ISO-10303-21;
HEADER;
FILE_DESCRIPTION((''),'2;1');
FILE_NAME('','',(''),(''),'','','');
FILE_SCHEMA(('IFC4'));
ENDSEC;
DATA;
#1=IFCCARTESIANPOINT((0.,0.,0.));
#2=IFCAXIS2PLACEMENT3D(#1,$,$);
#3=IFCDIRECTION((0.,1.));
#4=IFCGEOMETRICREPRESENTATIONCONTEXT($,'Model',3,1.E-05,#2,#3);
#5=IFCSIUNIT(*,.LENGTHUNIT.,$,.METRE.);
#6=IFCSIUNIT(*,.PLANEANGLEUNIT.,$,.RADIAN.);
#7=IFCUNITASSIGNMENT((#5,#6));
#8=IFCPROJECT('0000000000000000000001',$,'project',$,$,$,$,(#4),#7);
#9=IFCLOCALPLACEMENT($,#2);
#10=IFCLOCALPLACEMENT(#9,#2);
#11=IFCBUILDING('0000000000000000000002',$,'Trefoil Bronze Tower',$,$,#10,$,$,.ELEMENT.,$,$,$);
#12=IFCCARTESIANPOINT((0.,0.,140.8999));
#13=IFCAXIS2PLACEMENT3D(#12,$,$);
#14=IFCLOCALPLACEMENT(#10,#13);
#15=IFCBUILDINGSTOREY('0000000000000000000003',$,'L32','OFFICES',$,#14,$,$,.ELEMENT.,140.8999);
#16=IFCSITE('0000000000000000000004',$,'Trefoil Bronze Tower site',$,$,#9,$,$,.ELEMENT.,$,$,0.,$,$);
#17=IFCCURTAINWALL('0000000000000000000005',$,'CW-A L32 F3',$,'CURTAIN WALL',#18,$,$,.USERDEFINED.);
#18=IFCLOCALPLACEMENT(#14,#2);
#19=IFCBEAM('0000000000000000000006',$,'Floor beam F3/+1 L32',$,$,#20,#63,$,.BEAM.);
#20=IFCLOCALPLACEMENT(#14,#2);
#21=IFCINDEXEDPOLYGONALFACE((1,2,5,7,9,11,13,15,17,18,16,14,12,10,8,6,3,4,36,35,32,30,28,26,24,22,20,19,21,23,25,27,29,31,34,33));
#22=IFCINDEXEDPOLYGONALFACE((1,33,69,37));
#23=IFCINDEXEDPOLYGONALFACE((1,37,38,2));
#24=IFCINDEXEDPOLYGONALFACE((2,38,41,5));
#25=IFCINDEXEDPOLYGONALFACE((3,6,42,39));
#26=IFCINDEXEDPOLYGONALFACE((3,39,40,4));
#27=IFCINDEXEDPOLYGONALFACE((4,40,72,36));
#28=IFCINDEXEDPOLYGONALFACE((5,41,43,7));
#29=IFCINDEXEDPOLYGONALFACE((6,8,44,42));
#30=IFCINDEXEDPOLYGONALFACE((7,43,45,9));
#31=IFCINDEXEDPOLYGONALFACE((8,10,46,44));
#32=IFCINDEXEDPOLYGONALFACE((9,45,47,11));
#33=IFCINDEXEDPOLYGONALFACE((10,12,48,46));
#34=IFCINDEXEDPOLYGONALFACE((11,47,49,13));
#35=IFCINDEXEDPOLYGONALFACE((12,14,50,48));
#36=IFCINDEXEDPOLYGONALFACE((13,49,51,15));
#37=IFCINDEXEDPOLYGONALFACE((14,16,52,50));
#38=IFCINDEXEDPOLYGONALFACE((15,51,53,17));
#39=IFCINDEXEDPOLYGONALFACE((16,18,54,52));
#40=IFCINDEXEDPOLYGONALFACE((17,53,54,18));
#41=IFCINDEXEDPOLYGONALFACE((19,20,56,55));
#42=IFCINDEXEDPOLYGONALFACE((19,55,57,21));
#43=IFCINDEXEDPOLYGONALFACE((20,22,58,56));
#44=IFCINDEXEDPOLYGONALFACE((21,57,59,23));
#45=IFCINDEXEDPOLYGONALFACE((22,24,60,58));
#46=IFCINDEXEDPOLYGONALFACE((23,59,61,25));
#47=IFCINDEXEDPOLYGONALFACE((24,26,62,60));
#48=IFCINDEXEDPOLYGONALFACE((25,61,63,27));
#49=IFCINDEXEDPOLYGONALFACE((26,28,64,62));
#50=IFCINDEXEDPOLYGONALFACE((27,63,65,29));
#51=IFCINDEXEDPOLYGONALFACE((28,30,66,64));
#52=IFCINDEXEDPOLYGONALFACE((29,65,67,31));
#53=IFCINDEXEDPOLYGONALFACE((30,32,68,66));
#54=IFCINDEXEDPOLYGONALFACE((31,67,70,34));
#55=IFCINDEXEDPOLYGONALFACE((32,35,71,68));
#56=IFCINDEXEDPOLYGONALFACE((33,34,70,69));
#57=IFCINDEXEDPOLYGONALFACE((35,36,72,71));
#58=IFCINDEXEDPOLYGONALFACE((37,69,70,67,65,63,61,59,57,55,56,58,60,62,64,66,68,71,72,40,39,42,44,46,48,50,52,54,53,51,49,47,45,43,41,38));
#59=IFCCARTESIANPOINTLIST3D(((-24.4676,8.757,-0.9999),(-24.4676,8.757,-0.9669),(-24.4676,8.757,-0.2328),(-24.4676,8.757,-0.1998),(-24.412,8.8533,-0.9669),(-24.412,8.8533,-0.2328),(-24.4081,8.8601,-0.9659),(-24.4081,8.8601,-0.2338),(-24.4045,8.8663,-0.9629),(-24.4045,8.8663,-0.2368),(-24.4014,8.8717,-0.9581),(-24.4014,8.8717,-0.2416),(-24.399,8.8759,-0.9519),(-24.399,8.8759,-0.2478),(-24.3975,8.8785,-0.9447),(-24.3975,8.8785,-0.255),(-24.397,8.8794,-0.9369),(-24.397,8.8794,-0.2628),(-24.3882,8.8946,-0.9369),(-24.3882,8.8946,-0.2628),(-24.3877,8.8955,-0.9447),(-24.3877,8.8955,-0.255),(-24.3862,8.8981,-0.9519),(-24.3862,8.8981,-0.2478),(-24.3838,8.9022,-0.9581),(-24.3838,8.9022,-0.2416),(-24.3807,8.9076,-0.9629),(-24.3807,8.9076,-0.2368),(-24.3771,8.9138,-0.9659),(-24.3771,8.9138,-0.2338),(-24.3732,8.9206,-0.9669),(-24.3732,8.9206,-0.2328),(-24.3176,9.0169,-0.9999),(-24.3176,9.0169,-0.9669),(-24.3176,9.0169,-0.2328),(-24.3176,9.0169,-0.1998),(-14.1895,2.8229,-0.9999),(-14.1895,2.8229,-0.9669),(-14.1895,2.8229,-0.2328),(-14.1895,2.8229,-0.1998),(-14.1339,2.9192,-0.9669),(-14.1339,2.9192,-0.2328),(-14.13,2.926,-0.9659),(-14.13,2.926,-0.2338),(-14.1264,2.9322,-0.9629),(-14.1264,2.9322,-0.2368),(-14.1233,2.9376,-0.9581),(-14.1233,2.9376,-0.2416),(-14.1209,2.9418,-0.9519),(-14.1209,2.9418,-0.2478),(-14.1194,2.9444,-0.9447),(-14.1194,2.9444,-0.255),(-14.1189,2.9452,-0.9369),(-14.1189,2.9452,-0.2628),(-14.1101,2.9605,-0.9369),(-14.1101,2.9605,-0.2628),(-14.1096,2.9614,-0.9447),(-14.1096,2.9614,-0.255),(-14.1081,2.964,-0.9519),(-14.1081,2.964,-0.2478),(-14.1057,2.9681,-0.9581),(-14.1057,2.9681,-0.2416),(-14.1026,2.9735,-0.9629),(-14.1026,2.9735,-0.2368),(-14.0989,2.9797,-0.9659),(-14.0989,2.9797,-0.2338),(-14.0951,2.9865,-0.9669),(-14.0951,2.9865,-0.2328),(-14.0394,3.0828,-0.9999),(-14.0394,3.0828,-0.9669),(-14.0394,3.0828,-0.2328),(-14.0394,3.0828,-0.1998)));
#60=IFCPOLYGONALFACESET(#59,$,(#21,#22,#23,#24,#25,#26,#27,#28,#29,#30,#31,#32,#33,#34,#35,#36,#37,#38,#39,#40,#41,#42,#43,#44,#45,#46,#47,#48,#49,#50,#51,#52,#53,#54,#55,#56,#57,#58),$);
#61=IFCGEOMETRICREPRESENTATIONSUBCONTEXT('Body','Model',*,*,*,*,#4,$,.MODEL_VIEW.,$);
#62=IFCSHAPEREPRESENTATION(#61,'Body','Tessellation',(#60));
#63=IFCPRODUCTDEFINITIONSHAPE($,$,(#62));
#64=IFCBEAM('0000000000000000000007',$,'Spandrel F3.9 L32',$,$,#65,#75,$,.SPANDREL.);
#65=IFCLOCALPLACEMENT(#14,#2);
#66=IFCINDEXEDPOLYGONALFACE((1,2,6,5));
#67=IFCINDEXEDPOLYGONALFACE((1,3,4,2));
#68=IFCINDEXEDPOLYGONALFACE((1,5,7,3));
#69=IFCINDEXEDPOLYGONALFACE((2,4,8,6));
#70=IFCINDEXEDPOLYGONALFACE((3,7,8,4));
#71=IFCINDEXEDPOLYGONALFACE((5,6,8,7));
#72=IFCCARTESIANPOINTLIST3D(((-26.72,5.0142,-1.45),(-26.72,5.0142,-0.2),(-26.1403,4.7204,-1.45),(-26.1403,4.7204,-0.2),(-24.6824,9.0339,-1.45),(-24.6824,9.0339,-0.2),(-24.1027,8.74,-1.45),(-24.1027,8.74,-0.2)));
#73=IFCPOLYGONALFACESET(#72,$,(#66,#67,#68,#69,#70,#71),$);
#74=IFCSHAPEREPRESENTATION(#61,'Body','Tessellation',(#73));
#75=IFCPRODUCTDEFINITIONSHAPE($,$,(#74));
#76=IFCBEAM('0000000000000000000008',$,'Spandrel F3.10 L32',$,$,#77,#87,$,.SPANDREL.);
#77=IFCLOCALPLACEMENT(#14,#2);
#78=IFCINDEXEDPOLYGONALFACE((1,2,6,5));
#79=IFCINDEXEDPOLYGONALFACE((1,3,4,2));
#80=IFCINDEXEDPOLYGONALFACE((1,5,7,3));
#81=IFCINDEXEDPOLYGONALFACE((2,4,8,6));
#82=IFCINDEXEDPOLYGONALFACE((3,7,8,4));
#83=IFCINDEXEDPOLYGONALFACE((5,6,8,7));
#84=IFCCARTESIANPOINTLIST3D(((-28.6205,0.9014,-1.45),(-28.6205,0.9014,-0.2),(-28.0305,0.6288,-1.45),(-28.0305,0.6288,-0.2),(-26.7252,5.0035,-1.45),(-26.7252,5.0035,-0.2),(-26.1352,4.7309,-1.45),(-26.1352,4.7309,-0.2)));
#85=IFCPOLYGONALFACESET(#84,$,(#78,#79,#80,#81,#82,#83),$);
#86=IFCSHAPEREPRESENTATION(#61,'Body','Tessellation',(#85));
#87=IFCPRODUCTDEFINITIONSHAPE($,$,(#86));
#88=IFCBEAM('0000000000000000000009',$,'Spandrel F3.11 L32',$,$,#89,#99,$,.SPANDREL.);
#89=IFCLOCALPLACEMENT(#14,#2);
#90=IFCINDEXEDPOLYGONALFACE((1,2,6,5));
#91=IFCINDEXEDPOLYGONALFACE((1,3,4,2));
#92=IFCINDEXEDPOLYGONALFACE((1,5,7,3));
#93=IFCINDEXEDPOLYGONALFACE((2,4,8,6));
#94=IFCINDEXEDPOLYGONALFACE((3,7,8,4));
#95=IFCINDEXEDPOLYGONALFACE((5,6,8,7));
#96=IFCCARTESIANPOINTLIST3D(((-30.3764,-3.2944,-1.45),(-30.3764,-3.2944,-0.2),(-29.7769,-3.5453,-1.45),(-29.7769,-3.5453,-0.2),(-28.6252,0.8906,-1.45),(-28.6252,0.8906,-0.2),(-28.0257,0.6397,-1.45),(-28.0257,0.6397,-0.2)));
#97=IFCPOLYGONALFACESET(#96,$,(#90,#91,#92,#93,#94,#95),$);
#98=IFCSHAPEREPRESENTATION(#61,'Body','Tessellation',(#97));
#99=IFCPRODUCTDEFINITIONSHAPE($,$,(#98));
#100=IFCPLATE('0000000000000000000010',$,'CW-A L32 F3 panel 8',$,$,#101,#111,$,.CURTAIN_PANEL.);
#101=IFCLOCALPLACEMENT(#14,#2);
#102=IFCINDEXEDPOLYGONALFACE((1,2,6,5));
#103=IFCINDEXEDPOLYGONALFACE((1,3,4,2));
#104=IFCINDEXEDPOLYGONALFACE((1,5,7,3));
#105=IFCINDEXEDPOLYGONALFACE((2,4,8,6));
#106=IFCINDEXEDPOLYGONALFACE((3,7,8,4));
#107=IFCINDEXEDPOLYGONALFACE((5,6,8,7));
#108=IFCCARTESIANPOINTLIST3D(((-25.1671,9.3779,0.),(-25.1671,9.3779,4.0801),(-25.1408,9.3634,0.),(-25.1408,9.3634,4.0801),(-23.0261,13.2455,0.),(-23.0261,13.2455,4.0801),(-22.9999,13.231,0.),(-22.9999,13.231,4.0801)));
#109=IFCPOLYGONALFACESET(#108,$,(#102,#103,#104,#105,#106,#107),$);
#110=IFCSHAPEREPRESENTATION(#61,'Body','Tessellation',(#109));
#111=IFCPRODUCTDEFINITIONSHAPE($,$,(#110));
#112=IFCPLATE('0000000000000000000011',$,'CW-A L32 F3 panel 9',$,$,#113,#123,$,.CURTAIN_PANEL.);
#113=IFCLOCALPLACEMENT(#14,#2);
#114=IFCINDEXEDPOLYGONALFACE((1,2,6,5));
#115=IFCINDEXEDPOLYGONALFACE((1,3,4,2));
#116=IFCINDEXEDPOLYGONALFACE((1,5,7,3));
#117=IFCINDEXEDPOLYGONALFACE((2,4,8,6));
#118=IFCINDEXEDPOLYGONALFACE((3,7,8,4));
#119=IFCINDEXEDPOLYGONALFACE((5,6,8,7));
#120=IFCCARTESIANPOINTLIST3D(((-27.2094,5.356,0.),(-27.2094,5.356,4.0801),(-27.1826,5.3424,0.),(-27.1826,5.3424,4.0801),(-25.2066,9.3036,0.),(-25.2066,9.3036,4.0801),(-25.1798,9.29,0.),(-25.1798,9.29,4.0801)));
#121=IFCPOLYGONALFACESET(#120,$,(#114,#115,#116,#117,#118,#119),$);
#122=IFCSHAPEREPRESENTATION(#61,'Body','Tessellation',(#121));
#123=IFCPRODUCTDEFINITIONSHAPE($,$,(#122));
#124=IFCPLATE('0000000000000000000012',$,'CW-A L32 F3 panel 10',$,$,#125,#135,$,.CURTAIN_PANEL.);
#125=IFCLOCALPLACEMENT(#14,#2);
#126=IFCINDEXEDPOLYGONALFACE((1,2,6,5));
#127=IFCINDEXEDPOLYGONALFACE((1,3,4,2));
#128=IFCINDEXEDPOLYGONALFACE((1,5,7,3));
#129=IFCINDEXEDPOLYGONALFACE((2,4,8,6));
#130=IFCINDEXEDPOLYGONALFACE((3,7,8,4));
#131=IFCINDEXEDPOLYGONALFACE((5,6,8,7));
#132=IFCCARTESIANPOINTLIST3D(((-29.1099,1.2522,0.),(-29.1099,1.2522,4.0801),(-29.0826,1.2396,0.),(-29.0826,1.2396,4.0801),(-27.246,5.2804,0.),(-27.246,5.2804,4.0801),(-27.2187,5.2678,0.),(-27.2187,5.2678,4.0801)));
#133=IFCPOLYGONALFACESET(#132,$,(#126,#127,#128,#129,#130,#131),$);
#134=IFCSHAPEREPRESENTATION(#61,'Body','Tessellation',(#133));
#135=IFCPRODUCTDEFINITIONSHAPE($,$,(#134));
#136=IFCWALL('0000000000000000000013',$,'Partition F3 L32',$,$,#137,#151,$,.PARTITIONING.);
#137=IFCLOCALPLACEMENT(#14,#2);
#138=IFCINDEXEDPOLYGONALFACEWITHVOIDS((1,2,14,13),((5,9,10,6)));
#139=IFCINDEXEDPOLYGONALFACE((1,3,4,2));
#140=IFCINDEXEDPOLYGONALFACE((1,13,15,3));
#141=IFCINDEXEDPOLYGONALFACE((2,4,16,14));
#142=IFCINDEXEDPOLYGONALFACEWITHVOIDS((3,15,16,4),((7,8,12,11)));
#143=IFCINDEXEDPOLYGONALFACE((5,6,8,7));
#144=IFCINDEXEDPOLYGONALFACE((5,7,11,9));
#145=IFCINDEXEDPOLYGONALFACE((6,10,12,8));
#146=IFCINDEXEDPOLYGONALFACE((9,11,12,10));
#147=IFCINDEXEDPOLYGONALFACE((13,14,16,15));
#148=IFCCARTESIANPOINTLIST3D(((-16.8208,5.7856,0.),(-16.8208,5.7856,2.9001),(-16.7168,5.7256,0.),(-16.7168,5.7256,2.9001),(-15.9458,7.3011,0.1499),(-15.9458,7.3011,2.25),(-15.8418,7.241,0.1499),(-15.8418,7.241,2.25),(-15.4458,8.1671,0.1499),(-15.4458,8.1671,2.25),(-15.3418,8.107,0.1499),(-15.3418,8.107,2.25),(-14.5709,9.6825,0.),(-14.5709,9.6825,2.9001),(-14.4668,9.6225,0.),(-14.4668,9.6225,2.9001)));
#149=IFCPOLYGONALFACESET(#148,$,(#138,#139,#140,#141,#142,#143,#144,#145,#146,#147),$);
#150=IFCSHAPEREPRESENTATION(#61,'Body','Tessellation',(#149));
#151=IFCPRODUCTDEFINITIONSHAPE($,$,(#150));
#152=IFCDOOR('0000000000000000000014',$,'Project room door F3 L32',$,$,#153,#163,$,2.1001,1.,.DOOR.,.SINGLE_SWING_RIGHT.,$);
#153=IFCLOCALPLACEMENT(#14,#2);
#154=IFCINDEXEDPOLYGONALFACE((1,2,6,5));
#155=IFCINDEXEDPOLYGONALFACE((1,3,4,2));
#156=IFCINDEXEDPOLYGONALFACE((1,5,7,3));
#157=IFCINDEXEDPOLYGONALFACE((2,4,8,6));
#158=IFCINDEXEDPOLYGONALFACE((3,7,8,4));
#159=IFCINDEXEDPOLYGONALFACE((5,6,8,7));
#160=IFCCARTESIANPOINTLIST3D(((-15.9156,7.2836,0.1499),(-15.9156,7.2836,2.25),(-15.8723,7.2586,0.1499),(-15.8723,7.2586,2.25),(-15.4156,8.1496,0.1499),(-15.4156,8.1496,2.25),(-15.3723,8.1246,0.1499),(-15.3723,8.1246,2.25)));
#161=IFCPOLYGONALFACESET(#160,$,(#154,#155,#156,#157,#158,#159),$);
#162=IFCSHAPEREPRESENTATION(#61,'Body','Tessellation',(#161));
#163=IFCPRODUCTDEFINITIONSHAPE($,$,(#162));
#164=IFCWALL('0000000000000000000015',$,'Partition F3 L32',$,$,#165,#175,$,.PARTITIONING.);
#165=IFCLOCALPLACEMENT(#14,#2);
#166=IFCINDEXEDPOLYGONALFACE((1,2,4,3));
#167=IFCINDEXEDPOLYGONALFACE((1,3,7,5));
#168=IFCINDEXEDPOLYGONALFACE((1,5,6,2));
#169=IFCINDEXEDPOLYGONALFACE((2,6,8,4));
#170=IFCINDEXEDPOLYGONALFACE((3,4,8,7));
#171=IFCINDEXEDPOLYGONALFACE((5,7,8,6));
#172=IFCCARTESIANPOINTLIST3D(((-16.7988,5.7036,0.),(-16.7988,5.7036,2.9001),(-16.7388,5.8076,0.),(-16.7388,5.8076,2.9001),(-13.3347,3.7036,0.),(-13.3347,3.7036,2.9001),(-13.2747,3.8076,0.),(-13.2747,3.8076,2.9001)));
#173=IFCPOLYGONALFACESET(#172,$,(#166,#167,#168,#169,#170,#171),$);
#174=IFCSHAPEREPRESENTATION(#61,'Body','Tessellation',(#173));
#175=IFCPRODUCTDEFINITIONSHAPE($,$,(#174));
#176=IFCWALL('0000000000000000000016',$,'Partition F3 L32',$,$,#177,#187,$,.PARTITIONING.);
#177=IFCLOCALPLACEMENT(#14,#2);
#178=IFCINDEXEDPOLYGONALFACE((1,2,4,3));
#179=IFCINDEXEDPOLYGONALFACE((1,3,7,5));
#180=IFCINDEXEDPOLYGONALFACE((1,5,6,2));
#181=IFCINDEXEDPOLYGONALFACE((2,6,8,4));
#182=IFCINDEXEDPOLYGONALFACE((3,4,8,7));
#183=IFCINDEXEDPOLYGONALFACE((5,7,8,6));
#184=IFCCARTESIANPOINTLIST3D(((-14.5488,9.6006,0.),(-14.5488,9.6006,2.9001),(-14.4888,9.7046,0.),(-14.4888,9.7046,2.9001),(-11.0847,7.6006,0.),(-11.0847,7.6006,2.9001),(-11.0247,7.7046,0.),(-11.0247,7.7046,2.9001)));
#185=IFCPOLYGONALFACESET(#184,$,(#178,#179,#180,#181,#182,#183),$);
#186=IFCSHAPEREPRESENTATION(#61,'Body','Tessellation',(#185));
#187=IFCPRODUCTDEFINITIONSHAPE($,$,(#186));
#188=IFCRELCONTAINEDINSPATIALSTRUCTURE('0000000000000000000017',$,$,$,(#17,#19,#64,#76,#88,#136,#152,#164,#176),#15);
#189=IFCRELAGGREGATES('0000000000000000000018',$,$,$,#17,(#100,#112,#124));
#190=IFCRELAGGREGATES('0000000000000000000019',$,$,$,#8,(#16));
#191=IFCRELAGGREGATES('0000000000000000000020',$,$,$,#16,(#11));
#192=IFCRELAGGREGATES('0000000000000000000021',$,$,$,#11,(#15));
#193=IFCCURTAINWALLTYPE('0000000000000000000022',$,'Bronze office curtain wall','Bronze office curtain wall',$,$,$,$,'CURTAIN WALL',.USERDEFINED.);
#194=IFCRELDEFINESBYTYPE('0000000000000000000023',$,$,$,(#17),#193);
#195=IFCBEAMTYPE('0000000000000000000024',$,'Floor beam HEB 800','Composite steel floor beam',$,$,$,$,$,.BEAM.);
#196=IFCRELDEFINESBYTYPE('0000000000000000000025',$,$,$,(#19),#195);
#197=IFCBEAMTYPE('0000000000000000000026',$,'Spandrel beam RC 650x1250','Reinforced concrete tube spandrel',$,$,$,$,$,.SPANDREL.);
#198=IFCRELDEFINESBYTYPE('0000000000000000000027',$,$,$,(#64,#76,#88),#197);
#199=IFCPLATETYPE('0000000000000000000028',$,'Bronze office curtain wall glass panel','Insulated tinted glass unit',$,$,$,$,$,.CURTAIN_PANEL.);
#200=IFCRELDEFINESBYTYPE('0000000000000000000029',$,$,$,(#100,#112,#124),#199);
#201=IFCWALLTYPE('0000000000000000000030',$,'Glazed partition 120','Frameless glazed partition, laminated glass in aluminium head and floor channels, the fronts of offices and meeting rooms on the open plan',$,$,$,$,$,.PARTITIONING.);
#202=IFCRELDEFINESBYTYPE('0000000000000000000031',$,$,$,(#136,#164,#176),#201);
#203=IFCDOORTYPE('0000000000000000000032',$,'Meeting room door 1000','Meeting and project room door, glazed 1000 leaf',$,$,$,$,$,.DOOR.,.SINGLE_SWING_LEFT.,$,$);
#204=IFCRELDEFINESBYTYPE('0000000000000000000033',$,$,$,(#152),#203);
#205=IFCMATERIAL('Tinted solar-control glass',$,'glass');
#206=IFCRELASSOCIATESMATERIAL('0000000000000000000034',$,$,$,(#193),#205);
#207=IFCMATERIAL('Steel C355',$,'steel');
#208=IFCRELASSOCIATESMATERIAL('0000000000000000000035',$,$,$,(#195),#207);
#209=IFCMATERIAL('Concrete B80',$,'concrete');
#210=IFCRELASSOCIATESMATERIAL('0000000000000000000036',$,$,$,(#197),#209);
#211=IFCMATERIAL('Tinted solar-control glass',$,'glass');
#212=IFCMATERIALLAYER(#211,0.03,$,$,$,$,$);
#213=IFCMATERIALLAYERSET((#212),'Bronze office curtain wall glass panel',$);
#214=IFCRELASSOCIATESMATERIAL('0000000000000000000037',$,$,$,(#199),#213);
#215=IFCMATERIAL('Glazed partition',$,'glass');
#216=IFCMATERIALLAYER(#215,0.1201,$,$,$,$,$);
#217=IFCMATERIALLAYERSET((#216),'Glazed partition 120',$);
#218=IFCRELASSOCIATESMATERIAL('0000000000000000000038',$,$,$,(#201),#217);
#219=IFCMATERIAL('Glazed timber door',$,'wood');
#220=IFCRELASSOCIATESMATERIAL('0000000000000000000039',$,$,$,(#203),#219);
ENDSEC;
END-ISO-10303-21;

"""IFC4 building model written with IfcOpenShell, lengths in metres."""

from ifc_helpers import new_model, si_unit, direction, frame, frame_2d, origin, origin_2d, place, context, subcontext, project, spatial, rectangle, i_section, extrude, material, layer, layer_set, material_profile, profile_set, type_object, element, fill, aggregate, save


model = new_model("IFC4")

# Units and contexts
model_context = context("Model", 3, precision=1e-05, world=origin(), true_north=direction((0.0, 1.0)))
body_context = subcontext(model_context, "Body", "Model", "MODEL_VIEW")
ifc_project = project(units=[si_unit("LENGTHUNIT", "METRE"), si_unit("PLANEANGLEUNIT", "RADIAN")], contexts=[model_context])

# Site, building, storey
site_placement = place(None, origin())
site = spatial("IfcSite", under=ifc_project, at=site_placement, Name="Trefoil Bronze Tower site", CompositionType="ELEMENT", RefElevation=0.0)
building_placement = place(site_placement, origin())
building = spatial("IfcBuilding", under=site, at=building_placement, Name="Trefoil Bronze Tower", CompositionType="ELEMENT")
storey_placement = place(building_placement, frame((0.0, 0.0, 140.8999)))
storey = spatial("IfcBuildingStorey", under=building, at=storey_placement, Name="L32", Description="OFFICES", CompositionType="ELEMENT", Elevation=140.8999)

# Curtain wall
ifc_material_1 = material(Name="Tinted solar-control glass", Category="glass")
curtain_wall_type = type_object("IfcCurtainWallType", Name="Bronze office curtain wall", Description="Bronze office curtain wall", ElementType="CURTAIN WALL", PredefinedType="USERDEFINED", material=ifc_material_1)
curtain_wall_placement = place(storey_placement, origin())
curtain_wall = element("IfcCurtainWall", 1, at=curtain_wall_placement, inside=storey, type_object=curtain_wall_type, Name="CW-A L32 F3", ObjectType="CURTAIN WALL", PredefinedType="USERDEFINED")

# Beams
ifc_material_2 = material(Name="Steel C355", Category="steel")
ifc_material_profile_1 = material_profile(ifc_material_2, i_section(OverallWidth=0.3, OverallDepth=0.8, WebThickness=0.0176, FlangeThickness=0.033, FilletRadius=0.03, at=origin_2d()), Name="HEB 800")
ifc_profile_set_1 = profile_set([ifc_material_profile_1], Name="Steel C355")
beam_type_1 = type_object("IfcBeamType", Name="Floor beam HEB 800", Description="Composite steel floor beam", PredefinedType="BEAM", material=ifc_profile_set_1)
beam_1_placement = place(storey_placement, frame((-24.3926, 8.887, -0.5999), z_axis=(0.866024, -0.500002, 0.0), x_axis=(0.500002, 0.866024, 0.0)))
element("IfcBeam", 2, at=beam_1_placement, inside=storey, type_object=beam_type_1, Name="Floor beam F3/+1 L32", PredefinedType="BEAM", context=body_context, shape_type="SweptSolid", body=[
    extrude(i_section(OverallWidth=0.3, OverallDepth=0.8, WebThickness=0.0176, FlangeThickness=0.033, FilletRadius=0.03, at=origin_2d()), origin(), (0.0, 0.0, 1.0), 11.8682),
])
ifc_material_3 = material(Name="Concrete B80", Category="concrete")
ifc_material_profile_2 = material_profile(ifc_material_3, rectangle(XDim=0.6499, YDim=1.25, at=origin_2d()), Name="RC 650x1250")
ifc_profile_set_2 = profile_set([ifc_material_profile_2], Name="Concrete B80")
beam_type_2 = type_object("IfcBeamType", Name="Spandrel beam RC 650x1250", Description="Reinforced concrete tube spandrel", PredefinedType="SPANDREL", material=ifc_profile_set_2)
beam_2_placement = place(storey_placement, frame((-24.3926, 8.887, -0.825), z_axis=(-0.452126, -0.891954, 0.0), x_axis=(0.891954, -0.452126, 0.0)))
element("IfcBeam", 3, at=beam_2_placement, inside=storey, type_object=beam_type_2, Name="Spandrel F3.9 L32", PredefinedType="SPANDREL", context=body_context, shape_type="SweptSolid", body=[
    extrude(rectangle(XDim=0.6499, YDim=1.25, at=origin_2d()), origin(), (0.0, 0.0, 1.0), 4.5066),
])
beam_3_placement = place(storey_placement, frame((-26.4302, 4.8672, -0.825), z_axis=(-0.419425, -0.90779, 0.0), x_axis=(0.90779, -0.419425, 0.0)))
element("IfcBeam", 4, at=beam_3_placement, inside=storey, type_object=beam_type_2, Name="Spandrel F3.10 L32", PredefinedType="SPANDREL", context=body_context, shape_type="SweptSolid", body=[
    extrude(rectangle(XDim=0.6499, YDim=1.25, at=origin_2d()), origin(), (0.0, 0.0, 1.0), 4.5188),
])
beam_4_placement = place(storey_placement, frame((-28.3254, 0.7651, -0.825), z_axis=(-0.386013, -0.922493, 0.0), x_axis=(0.922493, -0.386013, 0.0)))
element("IfcBeam", 5, at=beam_4_placement, inside=storey, type_object=beam_type_2, Name="Spandrel F3.11 L32", PredefinedType="SPANDREL", context=body_context, shape_type="SweptSolid", body=[
    extrude(rectangle(XDim=0.6499, YDim=1.25, at=origin_2d()), origin(), (0.0, 0.0, 1.0), 4.5366),
])

# Plates
ifc_material_4 = material(Name="Tinted solar-control glass", Category="glass")
ifc_layer_1 = layer(ifc_material_4, 0.03)
ifc_layer_set_1 = layer_set([ifc_layer_1], Name="Bronze office curtain wall glass panel")
plate_type = type_object("IfcPlateType", Name="Bronze office curtain wall glass panel", Description="Insulated tinted glass unit", PredefinedType="CURTAIN_PANEL", material=ifc_layer_set_1)
plate_1_placement = place(storey_placement, frame((-24.0835, 11.3044, 0.0), z_axis=(0.0, 0.0, 1.0), x_axis=(-0.484312, -0.874895, 0.0)))
plate_1 = element("IfcPlate", 6, at=plate_1_placement, type_object=plate_type, Name="CW-A L32 F3 panel 8", PredefinedType="CURTAIN_PANEL", context=body_context, shape_type="SweptSolid", body=[
    extrude(rectangle(XDim=4.4207, YDim=0.03, at=origin_2d()), origin(), (0.0, 0.0, 1.0), 4.0801),
])
plate_2_placement = place(storey_placement, frame((-26.1946, 7.323, 0.0), z_axis=(0.0, 0.0, 1.0), x_axis=(-0.452449, -0.89179, 0.0)))
plate_2 = element("IfcPlate", 7, at=plate_2_placement, type_object=plate_type, Name="CW-A L32 F3 panel 9", PredefinedType="CURTAIN_PANEL", context=body_context, shape_type="SweptSolid", body=[
    extrude(rectangle(XDim=4.4265, YDim=0.03, at=origin_2d()), origin(), (0.0, 0.0, 1.0), 4.0801),
])
plate_3_placement = place(storey_placement, frame((-28.1643, 3.26, 0.0), z_axis=(0.0, 0.0, 1.0), x_axis=(-0.419933, -0.907555, 0.0)))
plate_3 = element("IfcPlate", 8, at=plate_3_placement, type_object=plate_type, Name="CW-A L32 F3 panel 10", PredefinedType="CURTAIN_PANEL", context=body_context, shape_type="SweptSolid", body=[
    extrude(rectangle(XDim=4.4385, YDim=0.03, at=origin_2d()), origin(), (0.0, 0.0, 1.0), 4.0801),
])
aggregate(curtain_wall, [plate_1, plate_2, plate_3])

# Wall, opening, door
ifc_material_5 = material(Name="Glazed partition", Category="glass")
ifc_layer_2 = layer(ifc_material_5, 0.1201)
ifc_layer_set_2 = layer_set([ifc_layer_2], Name="Glazed partition 120")
wall_type_1 = type_object("IfcWallType", Name="Glazed partition 120", Description="Frameless glazed partition, laminated glass in aluminium head and floor channels, the fronts of offices and meeting rooms on the open plan", PredefinedType="PARTITIONING", material=ifc_layer_set_2)
wall_1_placement = place(storey_placement, frame((-14.5188, 9.6526, 0.0), z_axis=(0.0, 0.0, 1.0), x_axis=(-0.500014, -0.866018, 0.0)))
wall_1 = element("IfcWall", 9, at=wall_1_placement, inside=storey, type_object=wall_type_1, Name="Partition F3 L32", PredefinedType="PARTITIONING", context=body_context, shape_type="SweptSolid", body=[
    extrude(rectangle(XDim=4.4998, YDim=0.1201, at=frame_2d((2.25, 0.0))), origin(), (0.0, 0.0, 1.0), 2.9001),
])
opening_1_placement = place(wall_1_placement, frame((1.75, 0.0, 0.1499)))
opening_1 = element("IfcOpeningElement", 10, at=opening_1_placement, cuts=wall_1, PredefinedType="OPENING", context=body_context, shape_type="SweptSolid", body=[
    extrude(rectangle(XDim=1.0, YDim=2.1001, at=frame_2d((0.5, 1.05))), frame((0.0, 0.0701, 0.0), z_axis=(0.0, -1.0, 0.0), x_axis=(1.0, 0.0, 0.0)), (0.0, 0.0, 1.0), 0.1401),
])
ifc_material_6 = material(Name="Glazed timber door", Category="wood")
door_type_1 = type_object("IfcDoorType", Name="Meeting room door 1000", Description="Meeting and project room door, glazed 1000 leaf", OperationType="SINGLE_SWING_LEFT", PredefinedType="DOOR", material=ifc_material_6)
door_1_placement = place(opening_1_placement, origin())
door_1 = element("IfcDoor", 11, at=door_1_placement, inside=storey, type_object=door_type_1, Name="Project room door F3 L32", OperationType="SINGLE_SWING_RIGHT", OverallHeight=2.1001, OverallWidth=1.0, PredefinedType="DOOR", context=body_context, shape_type="SweptSolid", body=[
    extrude(rectangle(XDim=1.0, YDim=2.1001, at=frame_2d((0.5, 1.05))), frame((0.0, 0.0249, 0.0), z_axis=(0.0, -1.0, 0.0), x_axis=(1.0, 0.0, 0.0)), (0.0, 0.0, 1.0), 0.05),
])
fill(opening_1, door_1)

# Walls
for number, where, z_axis, x_axis, name in (
    (12, (-13.3047, 3.7556, 0.0), (0.0, 0.0, 1.0), (-0.866026, 0.499999, 0.0), "Partition F3 L32"),
    (13, (-11.0547, 7.6526, 0.0), (0.0, 0.0, 1.0), (-0.866026, 0.499999, 0.0), "Partition F3 L32"),
):
    element("IfcWall", number, at=place(storey_placement, frame(where, z_axis=z_axis, x_axis=x_axis)), inside=storey, type_object=wall_type_1, Name=name, PredefinedType="PARTITIONING", context=body_context, shape_type="SweptSolid", body=[
        extrude(rectangle(XDim=4.0, YDim=0.1201, at=frame_2d((2.0, 0.0))), origin(), (0.0, 0.0, 1.0), 2.9001),
    ])

save(model, "model.ifc")
